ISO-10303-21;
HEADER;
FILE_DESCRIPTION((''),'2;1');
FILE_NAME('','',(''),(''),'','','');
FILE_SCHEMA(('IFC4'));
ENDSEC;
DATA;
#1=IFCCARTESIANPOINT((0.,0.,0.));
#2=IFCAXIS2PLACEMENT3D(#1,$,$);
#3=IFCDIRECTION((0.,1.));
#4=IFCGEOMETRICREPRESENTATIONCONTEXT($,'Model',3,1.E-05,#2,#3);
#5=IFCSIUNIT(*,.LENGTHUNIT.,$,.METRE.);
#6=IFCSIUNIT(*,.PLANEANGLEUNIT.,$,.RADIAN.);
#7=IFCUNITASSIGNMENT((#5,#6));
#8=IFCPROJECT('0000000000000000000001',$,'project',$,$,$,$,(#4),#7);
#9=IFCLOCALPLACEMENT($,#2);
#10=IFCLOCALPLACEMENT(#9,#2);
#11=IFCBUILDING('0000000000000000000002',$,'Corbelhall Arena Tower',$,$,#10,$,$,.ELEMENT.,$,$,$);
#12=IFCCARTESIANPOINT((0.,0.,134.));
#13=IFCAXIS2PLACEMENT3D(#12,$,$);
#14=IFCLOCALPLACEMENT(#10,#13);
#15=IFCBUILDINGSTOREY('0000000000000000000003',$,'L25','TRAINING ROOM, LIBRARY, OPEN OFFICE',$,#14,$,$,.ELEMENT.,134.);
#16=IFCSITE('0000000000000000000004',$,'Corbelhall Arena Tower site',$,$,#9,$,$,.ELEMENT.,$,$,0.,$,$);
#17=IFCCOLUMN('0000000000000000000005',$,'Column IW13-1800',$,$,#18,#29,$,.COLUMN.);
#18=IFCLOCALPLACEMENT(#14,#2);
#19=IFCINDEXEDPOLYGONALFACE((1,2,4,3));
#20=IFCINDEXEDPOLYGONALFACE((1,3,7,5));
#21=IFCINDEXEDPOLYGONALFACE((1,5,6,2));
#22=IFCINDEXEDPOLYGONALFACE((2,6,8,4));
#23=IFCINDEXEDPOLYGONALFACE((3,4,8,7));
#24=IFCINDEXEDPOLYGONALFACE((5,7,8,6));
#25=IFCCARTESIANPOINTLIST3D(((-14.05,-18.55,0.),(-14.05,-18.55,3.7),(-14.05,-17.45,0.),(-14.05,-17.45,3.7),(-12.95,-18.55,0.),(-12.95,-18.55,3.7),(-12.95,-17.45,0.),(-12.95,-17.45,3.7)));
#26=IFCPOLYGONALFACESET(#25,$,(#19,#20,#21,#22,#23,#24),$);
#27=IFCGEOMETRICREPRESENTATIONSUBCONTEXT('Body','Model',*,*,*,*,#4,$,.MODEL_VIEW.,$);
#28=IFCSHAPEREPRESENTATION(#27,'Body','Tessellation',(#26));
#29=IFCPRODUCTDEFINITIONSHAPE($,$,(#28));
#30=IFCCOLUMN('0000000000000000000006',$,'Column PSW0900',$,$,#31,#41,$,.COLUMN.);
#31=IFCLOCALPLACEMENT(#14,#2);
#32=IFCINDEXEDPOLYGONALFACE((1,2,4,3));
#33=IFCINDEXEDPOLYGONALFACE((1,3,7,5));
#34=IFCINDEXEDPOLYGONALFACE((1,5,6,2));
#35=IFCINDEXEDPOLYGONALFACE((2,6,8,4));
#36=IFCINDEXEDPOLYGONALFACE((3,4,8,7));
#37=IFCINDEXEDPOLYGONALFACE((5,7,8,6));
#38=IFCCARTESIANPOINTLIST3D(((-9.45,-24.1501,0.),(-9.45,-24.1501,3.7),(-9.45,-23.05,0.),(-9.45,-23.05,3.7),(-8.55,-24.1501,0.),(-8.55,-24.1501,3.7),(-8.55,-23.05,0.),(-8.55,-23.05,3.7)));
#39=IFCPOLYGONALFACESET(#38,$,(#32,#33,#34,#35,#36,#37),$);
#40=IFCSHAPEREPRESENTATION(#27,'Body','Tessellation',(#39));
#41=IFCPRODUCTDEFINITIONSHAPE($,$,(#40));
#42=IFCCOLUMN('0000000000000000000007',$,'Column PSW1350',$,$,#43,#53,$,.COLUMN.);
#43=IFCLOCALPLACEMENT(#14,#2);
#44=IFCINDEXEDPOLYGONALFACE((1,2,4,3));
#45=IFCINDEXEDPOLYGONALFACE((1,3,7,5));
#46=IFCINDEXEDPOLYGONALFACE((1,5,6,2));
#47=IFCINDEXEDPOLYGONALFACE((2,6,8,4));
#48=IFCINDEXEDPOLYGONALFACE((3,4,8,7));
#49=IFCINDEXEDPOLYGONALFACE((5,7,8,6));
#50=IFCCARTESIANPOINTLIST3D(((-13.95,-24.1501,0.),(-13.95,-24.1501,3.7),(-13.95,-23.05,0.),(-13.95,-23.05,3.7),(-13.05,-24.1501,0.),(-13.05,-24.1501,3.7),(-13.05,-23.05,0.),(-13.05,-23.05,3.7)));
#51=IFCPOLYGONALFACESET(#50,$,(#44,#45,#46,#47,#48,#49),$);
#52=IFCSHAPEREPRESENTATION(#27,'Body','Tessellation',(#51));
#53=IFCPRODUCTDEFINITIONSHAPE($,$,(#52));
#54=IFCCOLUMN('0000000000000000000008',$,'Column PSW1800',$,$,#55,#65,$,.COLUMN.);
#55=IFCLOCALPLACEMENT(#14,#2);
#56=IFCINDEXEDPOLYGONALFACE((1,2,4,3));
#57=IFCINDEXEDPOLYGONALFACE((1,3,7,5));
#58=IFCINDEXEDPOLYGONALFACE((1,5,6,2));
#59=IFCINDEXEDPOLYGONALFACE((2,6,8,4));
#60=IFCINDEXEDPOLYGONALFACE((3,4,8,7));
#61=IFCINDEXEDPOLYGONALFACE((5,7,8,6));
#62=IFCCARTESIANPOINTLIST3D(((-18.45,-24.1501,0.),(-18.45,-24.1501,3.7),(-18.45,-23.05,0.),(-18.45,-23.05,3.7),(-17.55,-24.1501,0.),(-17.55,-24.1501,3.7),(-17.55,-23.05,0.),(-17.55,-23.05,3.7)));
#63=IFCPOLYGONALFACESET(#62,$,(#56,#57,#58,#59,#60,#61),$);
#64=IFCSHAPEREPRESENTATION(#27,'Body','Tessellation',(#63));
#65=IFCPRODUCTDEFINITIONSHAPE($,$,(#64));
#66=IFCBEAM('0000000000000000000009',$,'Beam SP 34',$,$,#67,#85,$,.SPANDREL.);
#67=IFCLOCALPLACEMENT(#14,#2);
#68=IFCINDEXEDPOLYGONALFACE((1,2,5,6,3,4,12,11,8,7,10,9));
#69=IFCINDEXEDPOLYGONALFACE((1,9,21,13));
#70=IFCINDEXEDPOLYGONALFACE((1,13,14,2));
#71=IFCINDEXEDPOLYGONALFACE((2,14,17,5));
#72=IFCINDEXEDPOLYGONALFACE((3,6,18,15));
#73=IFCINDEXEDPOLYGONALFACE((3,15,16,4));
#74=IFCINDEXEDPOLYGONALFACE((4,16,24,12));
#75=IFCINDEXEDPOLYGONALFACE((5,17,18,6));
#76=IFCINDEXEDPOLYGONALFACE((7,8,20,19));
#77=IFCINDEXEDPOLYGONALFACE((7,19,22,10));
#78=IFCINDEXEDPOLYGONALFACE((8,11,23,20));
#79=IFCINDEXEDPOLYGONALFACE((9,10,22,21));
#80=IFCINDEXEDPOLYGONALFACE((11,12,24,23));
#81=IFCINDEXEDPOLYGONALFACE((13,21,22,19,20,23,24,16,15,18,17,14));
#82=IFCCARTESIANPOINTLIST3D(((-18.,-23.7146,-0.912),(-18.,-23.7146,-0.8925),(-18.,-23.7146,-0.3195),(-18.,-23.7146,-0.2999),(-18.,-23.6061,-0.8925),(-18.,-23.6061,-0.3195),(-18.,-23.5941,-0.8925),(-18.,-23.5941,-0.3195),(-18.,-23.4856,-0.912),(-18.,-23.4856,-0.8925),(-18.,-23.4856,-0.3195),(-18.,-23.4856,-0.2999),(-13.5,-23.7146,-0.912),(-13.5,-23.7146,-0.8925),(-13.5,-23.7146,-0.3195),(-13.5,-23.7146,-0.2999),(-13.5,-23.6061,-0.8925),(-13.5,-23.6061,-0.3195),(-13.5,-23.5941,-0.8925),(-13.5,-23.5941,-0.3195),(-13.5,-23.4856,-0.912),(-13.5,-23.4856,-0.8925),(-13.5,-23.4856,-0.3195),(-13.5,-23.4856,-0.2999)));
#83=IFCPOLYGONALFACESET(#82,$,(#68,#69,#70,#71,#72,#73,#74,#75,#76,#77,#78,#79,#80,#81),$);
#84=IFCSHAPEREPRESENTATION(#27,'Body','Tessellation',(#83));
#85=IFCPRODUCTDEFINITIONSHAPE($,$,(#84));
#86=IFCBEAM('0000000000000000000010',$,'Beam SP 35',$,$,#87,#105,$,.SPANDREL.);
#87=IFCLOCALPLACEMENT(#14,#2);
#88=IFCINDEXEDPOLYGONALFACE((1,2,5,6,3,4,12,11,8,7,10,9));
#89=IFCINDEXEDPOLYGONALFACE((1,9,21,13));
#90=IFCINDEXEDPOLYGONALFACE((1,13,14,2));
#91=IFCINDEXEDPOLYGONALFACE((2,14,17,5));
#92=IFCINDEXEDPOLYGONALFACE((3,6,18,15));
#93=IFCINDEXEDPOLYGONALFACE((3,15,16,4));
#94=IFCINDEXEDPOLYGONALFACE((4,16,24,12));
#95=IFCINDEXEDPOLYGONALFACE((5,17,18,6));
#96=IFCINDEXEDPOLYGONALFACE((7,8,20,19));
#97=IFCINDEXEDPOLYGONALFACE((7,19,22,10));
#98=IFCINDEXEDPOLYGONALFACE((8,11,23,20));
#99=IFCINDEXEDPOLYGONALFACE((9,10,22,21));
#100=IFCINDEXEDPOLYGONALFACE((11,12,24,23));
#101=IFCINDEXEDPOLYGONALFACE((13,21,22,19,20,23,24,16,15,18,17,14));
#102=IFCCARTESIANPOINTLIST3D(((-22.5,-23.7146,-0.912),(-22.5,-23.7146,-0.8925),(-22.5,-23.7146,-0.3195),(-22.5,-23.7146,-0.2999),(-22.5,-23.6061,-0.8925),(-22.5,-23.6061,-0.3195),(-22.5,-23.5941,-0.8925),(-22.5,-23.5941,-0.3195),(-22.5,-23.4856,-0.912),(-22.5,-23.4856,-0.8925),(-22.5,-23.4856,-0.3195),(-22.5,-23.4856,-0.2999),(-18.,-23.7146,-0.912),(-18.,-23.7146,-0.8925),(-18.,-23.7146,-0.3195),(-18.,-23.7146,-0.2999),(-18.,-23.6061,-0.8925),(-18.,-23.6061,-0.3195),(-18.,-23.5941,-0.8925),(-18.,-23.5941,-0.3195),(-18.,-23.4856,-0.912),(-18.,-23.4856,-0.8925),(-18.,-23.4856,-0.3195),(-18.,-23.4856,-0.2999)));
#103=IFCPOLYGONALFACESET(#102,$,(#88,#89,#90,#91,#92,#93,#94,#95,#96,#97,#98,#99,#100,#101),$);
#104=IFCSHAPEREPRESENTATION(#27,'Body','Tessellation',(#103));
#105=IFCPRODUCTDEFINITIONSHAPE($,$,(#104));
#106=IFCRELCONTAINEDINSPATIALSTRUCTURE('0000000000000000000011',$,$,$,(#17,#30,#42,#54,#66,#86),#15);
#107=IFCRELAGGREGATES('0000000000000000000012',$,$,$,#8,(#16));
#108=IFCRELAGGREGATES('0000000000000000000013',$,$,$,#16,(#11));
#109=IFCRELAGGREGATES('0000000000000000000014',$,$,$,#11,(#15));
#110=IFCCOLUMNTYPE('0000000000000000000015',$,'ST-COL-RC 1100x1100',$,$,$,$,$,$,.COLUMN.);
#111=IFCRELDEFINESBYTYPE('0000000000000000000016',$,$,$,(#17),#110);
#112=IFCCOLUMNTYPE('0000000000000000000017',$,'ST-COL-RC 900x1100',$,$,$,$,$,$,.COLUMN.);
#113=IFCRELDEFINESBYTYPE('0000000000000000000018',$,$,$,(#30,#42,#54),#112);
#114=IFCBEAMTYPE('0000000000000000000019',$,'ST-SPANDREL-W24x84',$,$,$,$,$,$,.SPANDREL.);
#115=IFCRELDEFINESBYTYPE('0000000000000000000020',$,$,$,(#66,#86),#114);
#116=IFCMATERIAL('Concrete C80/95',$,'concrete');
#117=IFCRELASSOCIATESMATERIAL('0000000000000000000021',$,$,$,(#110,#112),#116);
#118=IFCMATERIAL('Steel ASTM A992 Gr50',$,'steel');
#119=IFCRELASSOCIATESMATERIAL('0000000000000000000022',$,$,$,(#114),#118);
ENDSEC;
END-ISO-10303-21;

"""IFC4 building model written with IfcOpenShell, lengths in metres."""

from ifc_helpers import new_model, si_unit, direction, frame, origin, origin_2d, place, context, subcontext, project, spatial, rectangle, i_section, extrude, material, material_profile, profile_set, type_object, element, save


model = new_model("IFC4")

# Units and contexts
model_context = context("Model", 3, precision=1e-05, world=origin(), true_north=direction((0.0, 1.0)))
body_context = subcontext(model_context, "Body", "Model", "MODEL_VIEW")
ifc_project = project(units=[si_unit("LENGTHUNIT", "METRE"), si_unit("PLANEANGLEUNIT", "RADIAN")], contexts=[model_context])

# Site, building, storey
site_placement = place(None, origin())
site = spatial("IfcSite", under=ifc_project, at=site_placement, Name="Corbelhall Arena Tower site", CompositionType="ELEMENT", RefElevation=0.0)
building_placement = place(site_placement, origin())
building = spatial("IfcBuilding", under=site, at=building_placement, Name="Corbelhall Arena Tower", CompositionType="ELEMENT")
storey_placement = place(building_placement, frame((0.0, 0.0, 134.0)))
storey = spatial("IfcBuildingStorey", under=building, at=storey_placement, Name="L25", Description="TRAINING ROOM, LIBRARY, OPEN OFFICE", CompositionType="ELEMENT", Elevation=134.0)

# Columns
ifc_material_1 = material(Name="Concrete C80/95", Category="concrete")
ifc_material_profile_1 = material_profile(ifc_material_1, rectangle(XDim=1.1001, YDim=1.1001, at=origin_2d()))
ifc_profile_set_1 = profile_set([ifc_material_profile_1], Name="Concrete C80/95")
column_type_1 = type_object("IfcColumnType", Name="ST-COL-RC 1100x1100", PredefinedType="COLUMN", material=ifc_profile_set_1)
column_placement = place(storey_placement, frame((-13.5, -18.0, 0.0), z_axis=(0.0, 0.0, 1.0), x_axis=(1.0, 0.0, 0.0)))
element("IfcColumn", 1, at=column_placement, inside=storey, type_object=column_type_1, Name="Column IW13-1800", PredefinedType="COLUMN", context=body_context, shape_type="SweptSolid", body=[
    extrude(rectangle(XDim=1.1001, YDim=1.1001, at=origin_2d()), origin(), (0.0, 0.0, 1.0), 3.7),
])
ifc_material_profile_2 = material_profile(ifc_material_1, rectangle(XDim=0.8999, YDim=1.1001, at=origin_2d()))
ifc_profile_set_2 = profile_set([ifc_material_profile_2], Name="Concrete C80/95")
column_type_2 = type_object("IfcColumnType", Name="ST-COL-RC 900x1100", PredefinedType="COLUMN", material=ifc_profile_set_2)
for number, where, z_axis, x_axis, name in (
    (2, (-9.0, -23.6001, 0.0), (0.0, 0.0, 1.0), (1.0, 0.0, 0.0), "Column PSW0900"),
    (3, (-13.5, -23.6001, 0.0), (0.0, 0.0, 1.0), (1.0, 0.0, 0.0), "Column PSW1350"),
    (4, (-18.0, -23.6001, 0.0), (0.0, 0.0, 1.0), (1.0, 0.0, 0.0), "Column PSW1800"),
):
    element("IfcColumn", number, at=place(storey_placement, frame(where, z_axis=z_axis, x_axis=x_axis)), inside=storey, type_object=column_type_2, Name=name, PredefinedType="COLUMN", context=body_context, shape_type="SweptSolid", body=[
        extrude(rectangle(XDim=0.8999, YDim=1.1001, at=origin_2d()), origin(), (0.0, 0.0, 1.0), 3.7),
    ])

# Beams
ifc_material_2 = material(Name="Steel ASTM A992 Gr50", Category="steel")
ifc_material_profile_3 = material_profile(ifc_material_2, i_section(OverallWidth=0.229, OverallDepth=0.6121, WebThickness=0.012, FlangeThickness=0.0195, at=origin_2d()))
ifc_profile_set_3 = profile_set([ifc_material_profile_3], Name="Steel ASTM A992 Gr50")
beam_type = type_object("IfcBeamType", Name="ST-SPANDREL-W24x84", PredefinedType="SPANDREL", material=ifc_profile_set_3)
for number, where, z_axis, x_axis, name in (
    (5, (-13.5, -23.6001, -0.606), (-1.0, 0.0, 0.0), (0.0, -1.0, 0.0), "Beam SP 34"),
    (6, (-18.0, -23.6001, -0.606), (-1.0, 0.0, 0.0), (0.0, -1.0, 0.0), "Beam SP 35"),
):
    element("IfcBeam", number, at=place(storey_placement, frame(where, z_axis=z_axis, x_axis=x_axis)), inside=storey, type_object=beam_type, Name=name, PredefinedType="SPANDREL", context=body_context, shape_type="SweptSolid", body=[
        extrude(i_section(OverallWidth=0.229, OverallDepth=0.6121, WebThickness=0.012, FlangeThickness=0.0195, at=origin_2d()), origin(), (0.0, 0.0, 1.0), 4.5),
    ])

save(model, "model.ifc")
